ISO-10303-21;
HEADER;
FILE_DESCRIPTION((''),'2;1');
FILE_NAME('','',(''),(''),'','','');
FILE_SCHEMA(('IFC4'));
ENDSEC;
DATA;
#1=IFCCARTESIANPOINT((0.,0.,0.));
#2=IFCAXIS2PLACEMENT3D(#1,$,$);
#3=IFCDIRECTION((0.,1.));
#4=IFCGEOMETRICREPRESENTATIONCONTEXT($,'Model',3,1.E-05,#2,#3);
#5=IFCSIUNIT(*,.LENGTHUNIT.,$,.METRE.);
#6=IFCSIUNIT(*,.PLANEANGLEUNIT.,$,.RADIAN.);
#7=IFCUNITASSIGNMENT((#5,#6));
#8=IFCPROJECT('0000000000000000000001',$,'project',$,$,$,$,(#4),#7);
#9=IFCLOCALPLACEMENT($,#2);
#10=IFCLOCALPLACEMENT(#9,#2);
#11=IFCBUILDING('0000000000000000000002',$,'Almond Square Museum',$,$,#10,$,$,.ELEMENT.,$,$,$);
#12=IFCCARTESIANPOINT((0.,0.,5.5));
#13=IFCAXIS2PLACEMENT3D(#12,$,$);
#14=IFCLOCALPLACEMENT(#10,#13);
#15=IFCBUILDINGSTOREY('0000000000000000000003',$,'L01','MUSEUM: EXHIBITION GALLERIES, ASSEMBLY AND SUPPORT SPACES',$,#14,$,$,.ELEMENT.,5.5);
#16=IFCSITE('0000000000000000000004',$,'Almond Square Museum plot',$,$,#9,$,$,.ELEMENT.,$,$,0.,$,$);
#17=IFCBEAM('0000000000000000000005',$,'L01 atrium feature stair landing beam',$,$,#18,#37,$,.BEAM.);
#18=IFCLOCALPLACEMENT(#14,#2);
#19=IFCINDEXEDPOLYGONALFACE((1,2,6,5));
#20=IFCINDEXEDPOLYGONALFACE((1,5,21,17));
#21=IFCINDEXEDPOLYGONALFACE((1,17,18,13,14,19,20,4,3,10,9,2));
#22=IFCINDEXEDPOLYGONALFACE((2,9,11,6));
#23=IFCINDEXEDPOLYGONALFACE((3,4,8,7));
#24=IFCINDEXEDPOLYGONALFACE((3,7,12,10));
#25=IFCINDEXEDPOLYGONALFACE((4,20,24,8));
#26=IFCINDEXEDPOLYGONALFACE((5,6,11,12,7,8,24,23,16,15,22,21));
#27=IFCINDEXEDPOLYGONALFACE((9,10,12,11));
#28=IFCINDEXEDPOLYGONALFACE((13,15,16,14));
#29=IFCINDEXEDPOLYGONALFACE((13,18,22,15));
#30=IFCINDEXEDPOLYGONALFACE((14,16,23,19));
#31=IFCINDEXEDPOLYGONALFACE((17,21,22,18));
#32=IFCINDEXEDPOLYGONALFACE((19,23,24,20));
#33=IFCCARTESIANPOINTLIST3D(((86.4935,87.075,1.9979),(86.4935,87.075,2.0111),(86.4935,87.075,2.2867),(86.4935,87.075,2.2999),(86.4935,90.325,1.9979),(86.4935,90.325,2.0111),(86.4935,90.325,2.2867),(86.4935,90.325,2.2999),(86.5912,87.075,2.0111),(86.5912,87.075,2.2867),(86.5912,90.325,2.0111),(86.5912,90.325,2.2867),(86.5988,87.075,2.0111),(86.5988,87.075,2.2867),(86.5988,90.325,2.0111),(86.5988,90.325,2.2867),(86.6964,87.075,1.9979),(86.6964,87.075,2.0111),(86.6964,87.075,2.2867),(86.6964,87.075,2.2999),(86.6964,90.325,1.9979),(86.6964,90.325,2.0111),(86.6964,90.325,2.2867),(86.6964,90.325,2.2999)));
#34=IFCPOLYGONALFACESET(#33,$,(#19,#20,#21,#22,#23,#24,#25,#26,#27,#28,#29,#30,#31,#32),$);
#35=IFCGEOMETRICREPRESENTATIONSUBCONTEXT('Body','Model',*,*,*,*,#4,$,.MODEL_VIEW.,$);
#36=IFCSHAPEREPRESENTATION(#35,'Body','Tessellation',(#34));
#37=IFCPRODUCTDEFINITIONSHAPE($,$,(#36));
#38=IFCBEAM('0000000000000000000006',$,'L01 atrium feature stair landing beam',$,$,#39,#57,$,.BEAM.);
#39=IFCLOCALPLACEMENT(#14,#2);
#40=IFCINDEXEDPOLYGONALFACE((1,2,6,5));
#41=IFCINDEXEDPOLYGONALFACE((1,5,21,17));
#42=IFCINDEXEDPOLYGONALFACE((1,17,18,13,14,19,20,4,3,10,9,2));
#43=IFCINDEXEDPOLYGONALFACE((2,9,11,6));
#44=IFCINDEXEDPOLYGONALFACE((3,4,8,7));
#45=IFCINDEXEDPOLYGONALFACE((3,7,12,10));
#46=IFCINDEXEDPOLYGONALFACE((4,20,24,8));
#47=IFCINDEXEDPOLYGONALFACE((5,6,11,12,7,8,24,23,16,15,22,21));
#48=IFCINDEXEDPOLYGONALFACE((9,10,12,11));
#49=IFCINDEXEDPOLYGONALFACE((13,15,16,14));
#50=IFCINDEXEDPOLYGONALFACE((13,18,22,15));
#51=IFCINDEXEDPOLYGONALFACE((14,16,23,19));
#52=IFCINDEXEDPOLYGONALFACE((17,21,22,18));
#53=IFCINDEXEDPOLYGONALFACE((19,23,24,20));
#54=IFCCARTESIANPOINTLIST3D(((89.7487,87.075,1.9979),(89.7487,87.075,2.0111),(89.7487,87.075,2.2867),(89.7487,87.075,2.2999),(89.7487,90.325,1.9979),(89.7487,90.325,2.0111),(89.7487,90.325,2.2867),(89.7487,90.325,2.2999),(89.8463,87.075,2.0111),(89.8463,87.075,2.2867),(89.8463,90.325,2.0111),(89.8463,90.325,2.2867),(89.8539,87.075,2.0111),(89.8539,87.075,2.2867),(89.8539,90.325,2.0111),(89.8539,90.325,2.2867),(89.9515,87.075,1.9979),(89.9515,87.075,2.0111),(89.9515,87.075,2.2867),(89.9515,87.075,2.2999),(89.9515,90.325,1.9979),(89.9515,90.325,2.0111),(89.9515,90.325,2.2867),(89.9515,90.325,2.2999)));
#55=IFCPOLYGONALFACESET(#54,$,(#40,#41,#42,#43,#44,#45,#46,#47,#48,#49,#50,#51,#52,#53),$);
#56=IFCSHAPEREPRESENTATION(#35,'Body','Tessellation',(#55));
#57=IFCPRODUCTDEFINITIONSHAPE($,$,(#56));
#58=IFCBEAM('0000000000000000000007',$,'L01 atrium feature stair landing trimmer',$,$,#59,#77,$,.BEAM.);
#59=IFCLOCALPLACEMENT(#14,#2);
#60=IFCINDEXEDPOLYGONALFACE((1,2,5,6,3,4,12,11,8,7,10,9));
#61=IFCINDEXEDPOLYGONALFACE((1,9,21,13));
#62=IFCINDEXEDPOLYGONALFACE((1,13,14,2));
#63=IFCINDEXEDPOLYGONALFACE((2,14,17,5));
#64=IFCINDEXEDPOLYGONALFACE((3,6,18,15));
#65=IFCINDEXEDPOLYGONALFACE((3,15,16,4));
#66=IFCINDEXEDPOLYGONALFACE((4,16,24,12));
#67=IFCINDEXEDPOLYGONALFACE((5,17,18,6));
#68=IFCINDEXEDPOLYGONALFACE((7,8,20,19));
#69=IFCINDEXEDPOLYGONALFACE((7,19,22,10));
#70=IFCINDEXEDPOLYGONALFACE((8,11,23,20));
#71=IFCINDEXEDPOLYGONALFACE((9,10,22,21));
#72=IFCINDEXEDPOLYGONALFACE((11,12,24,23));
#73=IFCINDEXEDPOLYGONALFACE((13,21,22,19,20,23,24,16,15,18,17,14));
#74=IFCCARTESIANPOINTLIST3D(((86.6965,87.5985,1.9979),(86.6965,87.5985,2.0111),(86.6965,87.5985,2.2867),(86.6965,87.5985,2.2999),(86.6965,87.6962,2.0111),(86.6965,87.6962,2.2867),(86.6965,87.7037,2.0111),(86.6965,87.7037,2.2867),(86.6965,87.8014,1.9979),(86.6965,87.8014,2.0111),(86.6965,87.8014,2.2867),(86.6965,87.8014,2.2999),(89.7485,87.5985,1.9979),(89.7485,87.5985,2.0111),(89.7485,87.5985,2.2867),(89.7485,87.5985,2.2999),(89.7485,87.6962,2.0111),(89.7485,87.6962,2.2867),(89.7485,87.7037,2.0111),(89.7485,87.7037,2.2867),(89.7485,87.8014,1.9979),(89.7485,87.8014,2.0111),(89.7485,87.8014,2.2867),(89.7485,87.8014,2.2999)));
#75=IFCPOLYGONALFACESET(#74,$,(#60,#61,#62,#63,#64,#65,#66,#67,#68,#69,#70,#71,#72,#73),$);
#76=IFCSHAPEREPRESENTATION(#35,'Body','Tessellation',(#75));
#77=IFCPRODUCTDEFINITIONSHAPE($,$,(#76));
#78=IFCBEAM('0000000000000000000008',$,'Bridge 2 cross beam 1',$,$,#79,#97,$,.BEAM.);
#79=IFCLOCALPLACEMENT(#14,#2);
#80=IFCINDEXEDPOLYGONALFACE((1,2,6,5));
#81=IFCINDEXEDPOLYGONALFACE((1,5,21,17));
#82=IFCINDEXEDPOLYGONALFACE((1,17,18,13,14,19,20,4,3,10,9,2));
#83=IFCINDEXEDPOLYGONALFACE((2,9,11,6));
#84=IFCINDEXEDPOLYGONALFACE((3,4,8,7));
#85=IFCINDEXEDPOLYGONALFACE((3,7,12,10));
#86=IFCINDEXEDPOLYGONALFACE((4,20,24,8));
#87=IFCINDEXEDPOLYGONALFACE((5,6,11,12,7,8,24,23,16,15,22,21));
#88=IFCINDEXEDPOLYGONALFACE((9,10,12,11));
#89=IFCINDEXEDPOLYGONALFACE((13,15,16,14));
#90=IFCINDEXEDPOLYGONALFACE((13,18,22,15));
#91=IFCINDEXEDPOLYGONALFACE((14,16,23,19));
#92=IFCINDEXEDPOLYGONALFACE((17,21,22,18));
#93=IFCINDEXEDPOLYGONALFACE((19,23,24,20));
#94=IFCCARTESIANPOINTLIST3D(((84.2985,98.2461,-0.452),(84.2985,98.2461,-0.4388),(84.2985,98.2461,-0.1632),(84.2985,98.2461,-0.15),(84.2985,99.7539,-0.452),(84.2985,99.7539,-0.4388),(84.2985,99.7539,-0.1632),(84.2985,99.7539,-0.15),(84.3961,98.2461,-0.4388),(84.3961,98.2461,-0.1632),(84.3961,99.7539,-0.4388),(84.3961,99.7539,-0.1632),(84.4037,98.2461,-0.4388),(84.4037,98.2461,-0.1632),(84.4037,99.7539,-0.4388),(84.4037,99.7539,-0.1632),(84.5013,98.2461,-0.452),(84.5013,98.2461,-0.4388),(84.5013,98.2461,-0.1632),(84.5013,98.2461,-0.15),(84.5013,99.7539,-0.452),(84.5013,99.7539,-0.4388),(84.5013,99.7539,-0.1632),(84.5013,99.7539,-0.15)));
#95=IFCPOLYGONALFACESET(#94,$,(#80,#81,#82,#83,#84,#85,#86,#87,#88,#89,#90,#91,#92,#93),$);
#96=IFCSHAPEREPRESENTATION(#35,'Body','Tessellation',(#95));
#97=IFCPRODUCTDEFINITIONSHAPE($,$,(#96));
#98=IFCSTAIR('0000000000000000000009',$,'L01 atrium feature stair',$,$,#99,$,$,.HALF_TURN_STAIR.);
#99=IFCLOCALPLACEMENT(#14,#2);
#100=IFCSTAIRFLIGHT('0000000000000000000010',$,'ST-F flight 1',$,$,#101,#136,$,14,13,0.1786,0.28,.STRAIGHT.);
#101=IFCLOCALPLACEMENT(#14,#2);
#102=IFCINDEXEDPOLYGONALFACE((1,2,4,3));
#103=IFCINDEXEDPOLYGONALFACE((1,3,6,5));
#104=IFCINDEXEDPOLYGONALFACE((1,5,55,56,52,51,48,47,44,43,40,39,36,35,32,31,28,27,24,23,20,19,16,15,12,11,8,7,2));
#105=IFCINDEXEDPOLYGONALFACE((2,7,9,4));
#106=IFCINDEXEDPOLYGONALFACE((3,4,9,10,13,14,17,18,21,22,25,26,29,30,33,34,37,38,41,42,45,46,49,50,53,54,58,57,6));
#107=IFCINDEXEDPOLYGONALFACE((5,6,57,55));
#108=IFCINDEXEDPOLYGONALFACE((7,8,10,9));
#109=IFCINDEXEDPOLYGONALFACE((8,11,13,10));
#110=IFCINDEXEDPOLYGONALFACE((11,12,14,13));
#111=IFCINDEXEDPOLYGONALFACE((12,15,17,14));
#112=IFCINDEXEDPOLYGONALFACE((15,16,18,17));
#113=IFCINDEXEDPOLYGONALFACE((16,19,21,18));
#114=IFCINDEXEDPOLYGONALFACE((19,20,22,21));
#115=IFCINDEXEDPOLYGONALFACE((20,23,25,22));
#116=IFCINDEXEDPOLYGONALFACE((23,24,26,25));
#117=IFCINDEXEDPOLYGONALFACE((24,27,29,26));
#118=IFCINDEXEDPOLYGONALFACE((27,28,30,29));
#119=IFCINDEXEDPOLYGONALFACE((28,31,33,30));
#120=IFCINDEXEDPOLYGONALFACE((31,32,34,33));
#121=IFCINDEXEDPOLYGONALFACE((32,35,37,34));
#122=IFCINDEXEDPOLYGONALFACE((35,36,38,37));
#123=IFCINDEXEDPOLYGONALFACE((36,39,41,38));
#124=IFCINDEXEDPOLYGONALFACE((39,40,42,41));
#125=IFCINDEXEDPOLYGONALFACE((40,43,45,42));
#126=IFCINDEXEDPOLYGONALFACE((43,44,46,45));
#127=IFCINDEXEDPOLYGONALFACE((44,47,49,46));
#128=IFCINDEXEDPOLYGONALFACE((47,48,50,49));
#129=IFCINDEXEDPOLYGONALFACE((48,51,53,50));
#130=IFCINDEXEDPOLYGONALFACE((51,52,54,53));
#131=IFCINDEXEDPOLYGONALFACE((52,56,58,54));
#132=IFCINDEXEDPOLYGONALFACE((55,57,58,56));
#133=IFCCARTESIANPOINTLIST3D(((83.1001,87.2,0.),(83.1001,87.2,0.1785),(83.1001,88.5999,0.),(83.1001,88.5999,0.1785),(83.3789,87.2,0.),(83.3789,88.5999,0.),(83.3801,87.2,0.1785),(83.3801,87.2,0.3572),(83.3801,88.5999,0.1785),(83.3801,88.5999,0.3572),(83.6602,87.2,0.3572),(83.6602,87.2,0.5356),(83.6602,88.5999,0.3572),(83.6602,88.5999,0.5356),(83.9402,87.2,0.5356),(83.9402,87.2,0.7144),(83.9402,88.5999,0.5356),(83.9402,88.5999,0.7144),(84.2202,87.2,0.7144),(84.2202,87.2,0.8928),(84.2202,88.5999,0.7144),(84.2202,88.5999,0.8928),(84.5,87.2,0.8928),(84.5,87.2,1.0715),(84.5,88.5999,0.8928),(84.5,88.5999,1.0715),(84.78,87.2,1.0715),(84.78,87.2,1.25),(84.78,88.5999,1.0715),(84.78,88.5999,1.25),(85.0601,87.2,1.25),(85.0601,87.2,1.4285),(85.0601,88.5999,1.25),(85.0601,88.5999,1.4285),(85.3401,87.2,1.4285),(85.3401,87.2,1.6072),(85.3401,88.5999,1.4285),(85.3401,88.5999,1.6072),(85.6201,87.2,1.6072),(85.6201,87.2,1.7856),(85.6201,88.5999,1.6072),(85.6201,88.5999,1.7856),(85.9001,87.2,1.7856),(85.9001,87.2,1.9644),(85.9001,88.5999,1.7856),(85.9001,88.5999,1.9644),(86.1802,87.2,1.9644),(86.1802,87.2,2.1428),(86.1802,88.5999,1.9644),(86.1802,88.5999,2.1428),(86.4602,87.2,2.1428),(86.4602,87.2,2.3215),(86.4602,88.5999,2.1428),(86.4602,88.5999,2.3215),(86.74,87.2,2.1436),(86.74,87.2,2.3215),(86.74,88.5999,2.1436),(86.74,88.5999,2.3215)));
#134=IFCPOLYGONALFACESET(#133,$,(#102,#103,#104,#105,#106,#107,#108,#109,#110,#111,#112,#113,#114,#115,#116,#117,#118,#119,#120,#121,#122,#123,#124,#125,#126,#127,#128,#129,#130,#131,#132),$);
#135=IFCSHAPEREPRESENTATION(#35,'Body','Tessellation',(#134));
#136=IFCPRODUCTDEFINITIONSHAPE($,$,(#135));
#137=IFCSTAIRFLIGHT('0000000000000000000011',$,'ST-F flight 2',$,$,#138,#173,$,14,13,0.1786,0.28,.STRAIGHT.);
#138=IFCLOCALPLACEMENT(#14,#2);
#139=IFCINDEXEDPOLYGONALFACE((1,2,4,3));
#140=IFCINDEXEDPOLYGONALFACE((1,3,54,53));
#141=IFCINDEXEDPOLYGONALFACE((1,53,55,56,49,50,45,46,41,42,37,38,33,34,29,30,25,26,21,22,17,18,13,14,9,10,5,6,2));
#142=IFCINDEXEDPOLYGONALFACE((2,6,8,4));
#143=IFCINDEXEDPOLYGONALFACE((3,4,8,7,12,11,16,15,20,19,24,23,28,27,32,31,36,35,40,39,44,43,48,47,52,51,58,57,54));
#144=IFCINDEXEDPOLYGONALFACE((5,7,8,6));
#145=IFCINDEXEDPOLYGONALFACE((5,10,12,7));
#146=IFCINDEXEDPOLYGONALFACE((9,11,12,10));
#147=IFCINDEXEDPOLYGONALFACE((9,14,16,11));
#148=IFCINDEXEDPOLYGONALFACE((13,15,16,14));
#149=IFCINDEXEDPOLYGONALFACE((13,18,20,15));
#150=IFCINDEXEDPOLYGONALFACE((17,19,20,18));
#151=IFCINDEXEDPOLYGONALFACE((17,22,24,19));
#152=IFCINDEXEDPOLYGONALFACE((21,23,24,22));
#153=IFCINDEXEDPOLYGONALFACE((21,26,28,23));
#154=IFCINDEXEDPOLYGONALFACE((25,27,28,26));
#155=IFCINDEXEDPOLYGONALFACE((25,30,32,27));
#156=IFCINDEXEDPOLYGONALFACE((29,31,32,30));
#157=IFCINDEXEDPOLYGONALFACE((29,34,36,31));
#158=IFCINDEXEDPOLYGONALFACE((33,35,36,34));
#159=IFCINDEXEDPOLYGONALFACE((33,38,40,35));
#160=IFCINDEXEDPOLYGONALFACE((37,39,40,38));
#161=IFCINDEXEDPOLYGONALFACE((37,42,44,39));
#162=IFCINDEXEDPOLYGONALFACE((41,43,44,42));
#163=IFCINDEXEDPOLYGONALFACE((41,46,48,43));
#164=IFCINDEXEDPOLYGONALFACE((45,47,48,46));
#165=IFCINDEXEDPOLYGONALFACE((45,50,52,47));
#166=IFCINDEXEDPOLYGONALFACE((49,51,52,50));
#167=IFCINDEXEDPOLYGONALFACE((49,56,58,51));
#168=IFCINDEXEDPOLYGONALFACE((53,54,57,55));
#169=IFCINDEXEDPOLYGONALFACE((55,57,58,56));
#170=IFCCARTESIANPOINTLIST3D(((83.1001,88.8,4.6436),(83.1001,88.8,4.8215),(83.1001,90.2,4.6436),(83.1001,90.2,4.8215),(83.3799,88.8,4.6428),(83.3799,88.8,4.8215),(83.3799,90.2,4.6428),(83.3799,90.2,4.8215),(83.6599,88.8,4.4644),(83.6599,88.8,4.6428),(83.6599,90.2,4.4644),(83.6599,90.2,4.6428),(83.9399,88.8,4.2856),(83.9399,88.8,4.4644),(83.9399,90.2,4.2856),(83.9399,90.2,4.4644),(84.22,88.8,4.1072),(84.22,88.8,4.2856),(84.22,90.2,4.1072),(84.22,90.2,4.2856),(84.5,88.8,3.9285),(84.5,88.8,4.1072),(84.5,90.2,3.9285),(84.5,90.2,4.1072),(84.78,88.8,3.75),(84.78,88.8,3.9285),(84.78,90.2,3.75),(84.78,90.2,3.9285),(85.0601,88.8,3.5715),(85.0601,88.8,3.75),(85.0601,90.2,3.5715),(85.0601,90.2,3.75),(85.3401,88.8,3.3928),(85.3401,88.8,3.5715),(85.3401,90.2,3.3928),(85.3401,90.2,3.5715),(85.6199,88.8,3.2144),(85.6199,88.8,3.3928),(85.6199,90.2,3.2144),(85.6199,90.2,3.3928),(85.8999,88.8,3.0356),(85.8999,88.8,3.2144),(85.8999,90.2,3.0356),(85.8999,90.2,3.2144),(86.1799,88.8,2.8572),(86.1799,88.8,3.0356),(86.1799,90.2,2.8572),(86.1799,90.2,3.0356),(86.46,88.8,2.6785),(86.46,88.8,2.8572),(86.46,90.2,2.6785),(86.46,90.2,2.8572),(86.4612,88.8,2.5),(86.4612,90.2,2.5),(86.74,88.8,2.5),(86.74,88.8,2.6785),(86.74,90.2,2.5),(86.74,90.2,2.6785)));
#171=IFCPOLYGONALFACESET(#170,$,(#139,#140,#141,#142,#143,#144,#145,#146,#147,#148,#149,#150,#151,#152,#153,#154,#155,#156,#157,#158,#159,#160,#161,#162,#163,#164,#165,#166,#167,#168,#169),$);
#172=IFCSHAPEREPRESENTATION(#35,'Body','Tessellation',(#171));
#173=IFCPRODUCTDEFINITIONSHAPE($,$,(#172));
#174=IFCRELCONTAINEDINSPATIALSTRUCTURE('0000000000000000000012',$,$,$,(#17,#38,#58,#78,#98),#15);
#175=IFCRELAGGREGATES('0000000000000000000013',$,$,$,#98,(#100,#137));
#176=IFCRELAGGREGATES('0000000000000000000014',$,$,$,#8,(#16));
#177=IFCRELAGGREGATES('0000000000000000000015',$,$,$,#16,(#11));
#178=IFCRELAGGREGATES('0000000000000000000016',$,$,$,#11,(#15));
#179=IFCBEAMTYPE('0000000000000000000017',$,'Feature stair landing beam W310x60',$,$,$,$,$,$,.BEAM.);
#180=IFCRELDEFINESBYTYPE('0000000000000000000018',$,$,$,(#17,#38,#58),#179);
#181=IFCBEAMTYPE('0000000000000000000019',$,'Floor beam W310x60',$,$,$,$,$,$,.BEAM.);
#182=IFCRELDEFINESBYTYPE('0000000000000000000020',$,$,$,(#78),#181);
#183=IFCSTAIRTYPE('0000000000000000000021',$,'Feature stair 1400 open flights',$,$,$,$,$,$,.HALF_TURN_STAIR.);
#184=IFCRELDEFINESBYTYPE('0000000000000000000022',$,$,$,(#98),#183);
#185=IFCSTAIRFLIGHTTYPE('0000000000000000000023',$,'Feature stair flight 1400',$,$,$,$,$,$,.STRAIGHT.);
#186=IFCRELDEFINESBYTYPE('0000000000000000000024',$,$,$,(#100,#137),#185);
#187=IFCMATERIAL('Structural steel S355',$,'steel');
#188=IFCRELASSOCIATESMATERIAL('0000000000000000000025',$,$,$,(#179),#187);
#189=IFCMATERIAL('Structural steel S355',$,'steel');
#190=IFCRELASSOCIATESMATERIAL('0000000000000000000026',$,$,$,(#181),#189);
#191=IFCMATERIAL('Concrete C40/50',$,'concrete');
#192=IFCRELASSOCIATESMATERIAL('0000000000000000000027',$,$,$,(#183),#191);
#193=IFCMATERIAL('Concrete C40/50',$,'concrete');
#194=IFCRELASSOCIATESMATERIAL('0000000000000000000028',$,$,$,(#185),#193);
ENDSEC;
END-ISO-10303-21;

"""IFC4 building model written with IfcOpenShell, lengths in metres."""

from ifc_helpers import new_model, si_unit, direction, frame, origin, origin_2d, place, context, subcontext, project, spatial, polyline, i_section, outline, extrude, material, material_profile, profile_set, type_object, element, aggregate, save


model = new_model("IFC4")

# Units and contexts
model_context = context("Model", 3, precision=1e-05, world=origin(), true_north=direction((0.0, 1.0)))
body_context = subcontext(model_context, "Body", "Model", "MODEL_VIEW")
ifc_project = project(units=[si_unit("LENGTHUNIT", "METRE"), si_unit("PLANEANGLEUNIT", "RADIAN")], contexts=[model_context])

# Site, building, storey
site_placement = place(None, origin())
site = spatial("IfcSite", under=ifc_project, at=site_placement, Name="Almond Square Museum plot", CompositionType="ELEMENT", RefElevation=0.0)
building_placement = place(site_placement, origin())
building = spatial("IfcBuilding", under=site, at=building_placement, Name="Almond Square Museum", CompositionType="ELEMENT")
storey_placement = place(building_placement, frame((0.0, 0.0, 5.5)))
storey = spatial("IfcBuildingStorey", under=building, at=storey_placement, Name="L01", Description="MUSEUM: EXHIBITION GALLERIES, ASSEMBLY AND SUPPORT SPACES", CompositionType="ELEMENT", Elevation=5.5)

# Beams
ifc_material_1 = material(Name="Structural steel S355", Category="steel")
ifc_material_profile_1 = material_profile(ifc_material_1, i_section(OverallWidth=0.2029, OverallDepth=0.302, WebThickness=0.0076, FlangeThickness=0.0132, at=origin_2d()))
ifc_profile_set_1 = profile_set([ifc_material_profile_1], Name="Structural steel S355")
beam_type_1 = type_object("IfcBeamType", Name="Feature stair landing beam W310x60", PredefinedType="BEAM", material=ifc_profile_set_1)
for number, where, z_axis, x_axis, name in (
    (1, (86.595, 87.075, 2.1489), (0.0, 1.0, 0.0), (-1.0, 0.0, 0.0), "L01 atrium feature stair landing beam"),
    (2, (89.8501, 87.075, 2.1489), (0.0, 1.0, 0.0), (-1.0, 0.0, 0.0), "L01 atrium feature stair landing beam"),
):
    element("IfcBeam", number, at=place(storey_placement, frame(where, z_axis=z_axis, x_axis=x_axis)), inside=storey, type_object=beam_type_1, Name=name, PredefinedType="BEAM", context=body_context, shape_type="SweptSolid", body=[
        extrude(i_section(OverallWidth=0.2029, OverallDepth=0.302, WebThickness=0.0076, FlangeThickness=0.0132, at=origin_2d()), origin(), (0.0, 0.0, 1.0), 3.25),
    ])
beam_1_placement = place(storey_placement, frame((86.6965, 87.7, 2.1489), z_axis=(1.0, 0.0, 0.0), x_axis=(0.0, 1.0, 0.0)))
element("IfcBeam", 3, at=beam_1_placement, inside=storey, type_object=beam_type_1, Name="L01 atrium feature stair landing trimmer", PredefinedType="BEAM", context=body_context, shape_type="SweptSolid", body=[
    extrude(i_section(OverallWidth=0.2029, OverallDepth=0.302, WebThickness=0.0076, FlangeThickness=0.0132, at=origin_2d()), origin(), (0.0, 0.0, 1.0), 3.052),
])
ifc_material_2 = material(Name="Structural steel S355", Category="steel")
ifc_material_profile_2 = material_profile(ifc_material_2, i_section(OverallWidth=0.2029, OverallDepth=0.302, WebThickness=0.0076, FlangeThickness=0.0132, at=origin_2d()))
ifc_profile_set_2 = profile_set([ifc_material_profile_2], Name="Structural steel S355")
beam_type_2 = type_object("IfcBeamType", Name="Floor beam W310x60", PredefinedType="BEAM", material=ifc_profile_set_2)
beam_2_placement = place(storey_placement, frame((84.3999, 98.2461, -0.301), z_axis=(0.0, 1.0, 0.0), x_axis=(-1.0, 0.0, 0.0)))
element("IfcBeam", 4, at=beam_2_placement, inside=storey, type_object=beam_type_2, Name="Bridge 2 cross beam 1", PredefinedType="BEAM", context=body_context, shape_type="SweptSolid", body=[
    extrude(i_section(OverallWidth=0.2029, OverallDepth=0.302, WebThickness=0.0076, FlangeThickness=0.0132, at=origin_2d()), origin(), (0.0, 0.0, 1.0), 1.5078),
])

# Stair, stair flights
ifc_material_3 = material(Name="Concrete C40/50", Category="concrete")
stair_type = type_object("IfcStairType", Name="Feature stair 1400 open flights", PredefinedType="HALF_TURN_STAIR", material=ifc_material_3)
stair_placement = place(storey_placement, origin())
stair = element("IfcStair", 5, at=stair_placement, inside=storey, type_object=stair_type, Name="L01 atrium feature stair", PredefinedType="HALF_TURN_STAIR")
ifc_material_4 = material(Name="Concrete C40/50", Category="concrete")
stair_flight_type = type_object("IfcStairFlightType", Name="Feature stair flight 1400", PredefinedType="STRAIGHT", material=ifc_material_4)
stair_flight_1_placement = place(storey_placement, frame((83.1001, 87.8999, 0.0), z_axis=(0.0, 0.0, 1.0), x_axis=(1.0, 0.0, 0.0)))
stair_flight_1 = element("IfcStairFlight", 6, at=stair_flight_1_placement, type_object=stair_flight_type, Name="ST-F flight 1", NumberOfRisers=14, NumberOfTreads=13, PredefinedType="STRAIGHT", RiserHeight=0.1786, TreadLength=0.28, context=body_context, shape_type="SweptSolid", body=[
    extrude(outline(polyline([(0.0, 0.0), (0.0, 0.1785), (0.28, 0.1785), (0.28, 0.3572), (0.5601, 0.3572), (0.5601, 0.5356), (0.8401, 0.5356), (0.8401, 0.7144), (1.1201, 0.7144), (1.1201, 0.8928), (1.3999, 0.8928), (1.3999, 1.0715), (1.6799, 1.0715), (1.6799, 1.25), (1.96, 1.25), (1.96, 1.4285), (2.24, 1.4285), (2.24, 1.6072), (2.52, 1.6072), (2.52, 1.7856), (2.8, 1.7856), (2.8, 1.9644), (3.0801, 1.9644), (3.0801, 2.1428), (3.3601, 2.1428), (3.3601, 2.3215), (3.6399, 2.3215), (3.6399, 2.5), (3.6399, 2.1436), (0.2788, 0.0), (0.0, 0.0)])), frame((0.0, 0.7, 0.0), z_axis=(0.0, -1.0, 0.0), x_axis=(1.0, 0.0, 0.0)), (0.0, 0.0, 1.0), 1.3999),
])
stair_flight_2_placement = place(storey_placement, frame((86.74, 89.5, 2.5), z_axis=(0.0, 0.0, 1.0), x_axis=(-1.0, 0.0, 0.0)))
stair_flight_2 = element("IfcStairFlight", 7, at=stair_flight_2_placement, type_object=stair_flight_type, Name="ST-F flight 2", NumberOfRisers=14, NumberOfTreads=13, PredefinedType="STRAIGHT", RiserHeight=0.1786, TreadLength=0.28, context=body_context, shape_type="SweptSolid", body=[
    extrude(outline(polyline([(0.0, 0.0), (0.0, 0.1785), (0.28, 0.1785), (0.28, 0.3572), (0.5601, 0.3572), (0.5601, 0.5356), (0.8401, 0.5356), (0.8401, 0.7144), (1.1201, 0.7144), (1.1201, 0.8928), (1.3999, 0.8928), (1.3999, 1.0715), (1.6799, 1.0715), (1.6799, 1.25), (1.96, 1.25), (1.96, 1.4285), (2.24, 1.4285), (2.24, 1.6072), (2.52, 1.6072), (2.52, 1.7856), (2.8, 1.7856), (2.8, 1.9644), (3.0801, 1.9644), (3.0801, 2.1428), (3.3601, 2.1428), (3.3601, 2.3215), (3.6399, 2.3215), (3.6399, 2.5), (3.6399, 2.1436), (0.2788, 0.0), (0.0, 0.0)])), frame((0.0, 0.7, 0.0), z_axis=(0.0, -1.0, 0.0), x_axis=(1.0, 0.0, 0.0)), (0.0, 0.0, 1.0), 1.3999),
])
aggregate(stair, [stair_flight_1, stair_flight_2])

save(model, "model.ifc")
